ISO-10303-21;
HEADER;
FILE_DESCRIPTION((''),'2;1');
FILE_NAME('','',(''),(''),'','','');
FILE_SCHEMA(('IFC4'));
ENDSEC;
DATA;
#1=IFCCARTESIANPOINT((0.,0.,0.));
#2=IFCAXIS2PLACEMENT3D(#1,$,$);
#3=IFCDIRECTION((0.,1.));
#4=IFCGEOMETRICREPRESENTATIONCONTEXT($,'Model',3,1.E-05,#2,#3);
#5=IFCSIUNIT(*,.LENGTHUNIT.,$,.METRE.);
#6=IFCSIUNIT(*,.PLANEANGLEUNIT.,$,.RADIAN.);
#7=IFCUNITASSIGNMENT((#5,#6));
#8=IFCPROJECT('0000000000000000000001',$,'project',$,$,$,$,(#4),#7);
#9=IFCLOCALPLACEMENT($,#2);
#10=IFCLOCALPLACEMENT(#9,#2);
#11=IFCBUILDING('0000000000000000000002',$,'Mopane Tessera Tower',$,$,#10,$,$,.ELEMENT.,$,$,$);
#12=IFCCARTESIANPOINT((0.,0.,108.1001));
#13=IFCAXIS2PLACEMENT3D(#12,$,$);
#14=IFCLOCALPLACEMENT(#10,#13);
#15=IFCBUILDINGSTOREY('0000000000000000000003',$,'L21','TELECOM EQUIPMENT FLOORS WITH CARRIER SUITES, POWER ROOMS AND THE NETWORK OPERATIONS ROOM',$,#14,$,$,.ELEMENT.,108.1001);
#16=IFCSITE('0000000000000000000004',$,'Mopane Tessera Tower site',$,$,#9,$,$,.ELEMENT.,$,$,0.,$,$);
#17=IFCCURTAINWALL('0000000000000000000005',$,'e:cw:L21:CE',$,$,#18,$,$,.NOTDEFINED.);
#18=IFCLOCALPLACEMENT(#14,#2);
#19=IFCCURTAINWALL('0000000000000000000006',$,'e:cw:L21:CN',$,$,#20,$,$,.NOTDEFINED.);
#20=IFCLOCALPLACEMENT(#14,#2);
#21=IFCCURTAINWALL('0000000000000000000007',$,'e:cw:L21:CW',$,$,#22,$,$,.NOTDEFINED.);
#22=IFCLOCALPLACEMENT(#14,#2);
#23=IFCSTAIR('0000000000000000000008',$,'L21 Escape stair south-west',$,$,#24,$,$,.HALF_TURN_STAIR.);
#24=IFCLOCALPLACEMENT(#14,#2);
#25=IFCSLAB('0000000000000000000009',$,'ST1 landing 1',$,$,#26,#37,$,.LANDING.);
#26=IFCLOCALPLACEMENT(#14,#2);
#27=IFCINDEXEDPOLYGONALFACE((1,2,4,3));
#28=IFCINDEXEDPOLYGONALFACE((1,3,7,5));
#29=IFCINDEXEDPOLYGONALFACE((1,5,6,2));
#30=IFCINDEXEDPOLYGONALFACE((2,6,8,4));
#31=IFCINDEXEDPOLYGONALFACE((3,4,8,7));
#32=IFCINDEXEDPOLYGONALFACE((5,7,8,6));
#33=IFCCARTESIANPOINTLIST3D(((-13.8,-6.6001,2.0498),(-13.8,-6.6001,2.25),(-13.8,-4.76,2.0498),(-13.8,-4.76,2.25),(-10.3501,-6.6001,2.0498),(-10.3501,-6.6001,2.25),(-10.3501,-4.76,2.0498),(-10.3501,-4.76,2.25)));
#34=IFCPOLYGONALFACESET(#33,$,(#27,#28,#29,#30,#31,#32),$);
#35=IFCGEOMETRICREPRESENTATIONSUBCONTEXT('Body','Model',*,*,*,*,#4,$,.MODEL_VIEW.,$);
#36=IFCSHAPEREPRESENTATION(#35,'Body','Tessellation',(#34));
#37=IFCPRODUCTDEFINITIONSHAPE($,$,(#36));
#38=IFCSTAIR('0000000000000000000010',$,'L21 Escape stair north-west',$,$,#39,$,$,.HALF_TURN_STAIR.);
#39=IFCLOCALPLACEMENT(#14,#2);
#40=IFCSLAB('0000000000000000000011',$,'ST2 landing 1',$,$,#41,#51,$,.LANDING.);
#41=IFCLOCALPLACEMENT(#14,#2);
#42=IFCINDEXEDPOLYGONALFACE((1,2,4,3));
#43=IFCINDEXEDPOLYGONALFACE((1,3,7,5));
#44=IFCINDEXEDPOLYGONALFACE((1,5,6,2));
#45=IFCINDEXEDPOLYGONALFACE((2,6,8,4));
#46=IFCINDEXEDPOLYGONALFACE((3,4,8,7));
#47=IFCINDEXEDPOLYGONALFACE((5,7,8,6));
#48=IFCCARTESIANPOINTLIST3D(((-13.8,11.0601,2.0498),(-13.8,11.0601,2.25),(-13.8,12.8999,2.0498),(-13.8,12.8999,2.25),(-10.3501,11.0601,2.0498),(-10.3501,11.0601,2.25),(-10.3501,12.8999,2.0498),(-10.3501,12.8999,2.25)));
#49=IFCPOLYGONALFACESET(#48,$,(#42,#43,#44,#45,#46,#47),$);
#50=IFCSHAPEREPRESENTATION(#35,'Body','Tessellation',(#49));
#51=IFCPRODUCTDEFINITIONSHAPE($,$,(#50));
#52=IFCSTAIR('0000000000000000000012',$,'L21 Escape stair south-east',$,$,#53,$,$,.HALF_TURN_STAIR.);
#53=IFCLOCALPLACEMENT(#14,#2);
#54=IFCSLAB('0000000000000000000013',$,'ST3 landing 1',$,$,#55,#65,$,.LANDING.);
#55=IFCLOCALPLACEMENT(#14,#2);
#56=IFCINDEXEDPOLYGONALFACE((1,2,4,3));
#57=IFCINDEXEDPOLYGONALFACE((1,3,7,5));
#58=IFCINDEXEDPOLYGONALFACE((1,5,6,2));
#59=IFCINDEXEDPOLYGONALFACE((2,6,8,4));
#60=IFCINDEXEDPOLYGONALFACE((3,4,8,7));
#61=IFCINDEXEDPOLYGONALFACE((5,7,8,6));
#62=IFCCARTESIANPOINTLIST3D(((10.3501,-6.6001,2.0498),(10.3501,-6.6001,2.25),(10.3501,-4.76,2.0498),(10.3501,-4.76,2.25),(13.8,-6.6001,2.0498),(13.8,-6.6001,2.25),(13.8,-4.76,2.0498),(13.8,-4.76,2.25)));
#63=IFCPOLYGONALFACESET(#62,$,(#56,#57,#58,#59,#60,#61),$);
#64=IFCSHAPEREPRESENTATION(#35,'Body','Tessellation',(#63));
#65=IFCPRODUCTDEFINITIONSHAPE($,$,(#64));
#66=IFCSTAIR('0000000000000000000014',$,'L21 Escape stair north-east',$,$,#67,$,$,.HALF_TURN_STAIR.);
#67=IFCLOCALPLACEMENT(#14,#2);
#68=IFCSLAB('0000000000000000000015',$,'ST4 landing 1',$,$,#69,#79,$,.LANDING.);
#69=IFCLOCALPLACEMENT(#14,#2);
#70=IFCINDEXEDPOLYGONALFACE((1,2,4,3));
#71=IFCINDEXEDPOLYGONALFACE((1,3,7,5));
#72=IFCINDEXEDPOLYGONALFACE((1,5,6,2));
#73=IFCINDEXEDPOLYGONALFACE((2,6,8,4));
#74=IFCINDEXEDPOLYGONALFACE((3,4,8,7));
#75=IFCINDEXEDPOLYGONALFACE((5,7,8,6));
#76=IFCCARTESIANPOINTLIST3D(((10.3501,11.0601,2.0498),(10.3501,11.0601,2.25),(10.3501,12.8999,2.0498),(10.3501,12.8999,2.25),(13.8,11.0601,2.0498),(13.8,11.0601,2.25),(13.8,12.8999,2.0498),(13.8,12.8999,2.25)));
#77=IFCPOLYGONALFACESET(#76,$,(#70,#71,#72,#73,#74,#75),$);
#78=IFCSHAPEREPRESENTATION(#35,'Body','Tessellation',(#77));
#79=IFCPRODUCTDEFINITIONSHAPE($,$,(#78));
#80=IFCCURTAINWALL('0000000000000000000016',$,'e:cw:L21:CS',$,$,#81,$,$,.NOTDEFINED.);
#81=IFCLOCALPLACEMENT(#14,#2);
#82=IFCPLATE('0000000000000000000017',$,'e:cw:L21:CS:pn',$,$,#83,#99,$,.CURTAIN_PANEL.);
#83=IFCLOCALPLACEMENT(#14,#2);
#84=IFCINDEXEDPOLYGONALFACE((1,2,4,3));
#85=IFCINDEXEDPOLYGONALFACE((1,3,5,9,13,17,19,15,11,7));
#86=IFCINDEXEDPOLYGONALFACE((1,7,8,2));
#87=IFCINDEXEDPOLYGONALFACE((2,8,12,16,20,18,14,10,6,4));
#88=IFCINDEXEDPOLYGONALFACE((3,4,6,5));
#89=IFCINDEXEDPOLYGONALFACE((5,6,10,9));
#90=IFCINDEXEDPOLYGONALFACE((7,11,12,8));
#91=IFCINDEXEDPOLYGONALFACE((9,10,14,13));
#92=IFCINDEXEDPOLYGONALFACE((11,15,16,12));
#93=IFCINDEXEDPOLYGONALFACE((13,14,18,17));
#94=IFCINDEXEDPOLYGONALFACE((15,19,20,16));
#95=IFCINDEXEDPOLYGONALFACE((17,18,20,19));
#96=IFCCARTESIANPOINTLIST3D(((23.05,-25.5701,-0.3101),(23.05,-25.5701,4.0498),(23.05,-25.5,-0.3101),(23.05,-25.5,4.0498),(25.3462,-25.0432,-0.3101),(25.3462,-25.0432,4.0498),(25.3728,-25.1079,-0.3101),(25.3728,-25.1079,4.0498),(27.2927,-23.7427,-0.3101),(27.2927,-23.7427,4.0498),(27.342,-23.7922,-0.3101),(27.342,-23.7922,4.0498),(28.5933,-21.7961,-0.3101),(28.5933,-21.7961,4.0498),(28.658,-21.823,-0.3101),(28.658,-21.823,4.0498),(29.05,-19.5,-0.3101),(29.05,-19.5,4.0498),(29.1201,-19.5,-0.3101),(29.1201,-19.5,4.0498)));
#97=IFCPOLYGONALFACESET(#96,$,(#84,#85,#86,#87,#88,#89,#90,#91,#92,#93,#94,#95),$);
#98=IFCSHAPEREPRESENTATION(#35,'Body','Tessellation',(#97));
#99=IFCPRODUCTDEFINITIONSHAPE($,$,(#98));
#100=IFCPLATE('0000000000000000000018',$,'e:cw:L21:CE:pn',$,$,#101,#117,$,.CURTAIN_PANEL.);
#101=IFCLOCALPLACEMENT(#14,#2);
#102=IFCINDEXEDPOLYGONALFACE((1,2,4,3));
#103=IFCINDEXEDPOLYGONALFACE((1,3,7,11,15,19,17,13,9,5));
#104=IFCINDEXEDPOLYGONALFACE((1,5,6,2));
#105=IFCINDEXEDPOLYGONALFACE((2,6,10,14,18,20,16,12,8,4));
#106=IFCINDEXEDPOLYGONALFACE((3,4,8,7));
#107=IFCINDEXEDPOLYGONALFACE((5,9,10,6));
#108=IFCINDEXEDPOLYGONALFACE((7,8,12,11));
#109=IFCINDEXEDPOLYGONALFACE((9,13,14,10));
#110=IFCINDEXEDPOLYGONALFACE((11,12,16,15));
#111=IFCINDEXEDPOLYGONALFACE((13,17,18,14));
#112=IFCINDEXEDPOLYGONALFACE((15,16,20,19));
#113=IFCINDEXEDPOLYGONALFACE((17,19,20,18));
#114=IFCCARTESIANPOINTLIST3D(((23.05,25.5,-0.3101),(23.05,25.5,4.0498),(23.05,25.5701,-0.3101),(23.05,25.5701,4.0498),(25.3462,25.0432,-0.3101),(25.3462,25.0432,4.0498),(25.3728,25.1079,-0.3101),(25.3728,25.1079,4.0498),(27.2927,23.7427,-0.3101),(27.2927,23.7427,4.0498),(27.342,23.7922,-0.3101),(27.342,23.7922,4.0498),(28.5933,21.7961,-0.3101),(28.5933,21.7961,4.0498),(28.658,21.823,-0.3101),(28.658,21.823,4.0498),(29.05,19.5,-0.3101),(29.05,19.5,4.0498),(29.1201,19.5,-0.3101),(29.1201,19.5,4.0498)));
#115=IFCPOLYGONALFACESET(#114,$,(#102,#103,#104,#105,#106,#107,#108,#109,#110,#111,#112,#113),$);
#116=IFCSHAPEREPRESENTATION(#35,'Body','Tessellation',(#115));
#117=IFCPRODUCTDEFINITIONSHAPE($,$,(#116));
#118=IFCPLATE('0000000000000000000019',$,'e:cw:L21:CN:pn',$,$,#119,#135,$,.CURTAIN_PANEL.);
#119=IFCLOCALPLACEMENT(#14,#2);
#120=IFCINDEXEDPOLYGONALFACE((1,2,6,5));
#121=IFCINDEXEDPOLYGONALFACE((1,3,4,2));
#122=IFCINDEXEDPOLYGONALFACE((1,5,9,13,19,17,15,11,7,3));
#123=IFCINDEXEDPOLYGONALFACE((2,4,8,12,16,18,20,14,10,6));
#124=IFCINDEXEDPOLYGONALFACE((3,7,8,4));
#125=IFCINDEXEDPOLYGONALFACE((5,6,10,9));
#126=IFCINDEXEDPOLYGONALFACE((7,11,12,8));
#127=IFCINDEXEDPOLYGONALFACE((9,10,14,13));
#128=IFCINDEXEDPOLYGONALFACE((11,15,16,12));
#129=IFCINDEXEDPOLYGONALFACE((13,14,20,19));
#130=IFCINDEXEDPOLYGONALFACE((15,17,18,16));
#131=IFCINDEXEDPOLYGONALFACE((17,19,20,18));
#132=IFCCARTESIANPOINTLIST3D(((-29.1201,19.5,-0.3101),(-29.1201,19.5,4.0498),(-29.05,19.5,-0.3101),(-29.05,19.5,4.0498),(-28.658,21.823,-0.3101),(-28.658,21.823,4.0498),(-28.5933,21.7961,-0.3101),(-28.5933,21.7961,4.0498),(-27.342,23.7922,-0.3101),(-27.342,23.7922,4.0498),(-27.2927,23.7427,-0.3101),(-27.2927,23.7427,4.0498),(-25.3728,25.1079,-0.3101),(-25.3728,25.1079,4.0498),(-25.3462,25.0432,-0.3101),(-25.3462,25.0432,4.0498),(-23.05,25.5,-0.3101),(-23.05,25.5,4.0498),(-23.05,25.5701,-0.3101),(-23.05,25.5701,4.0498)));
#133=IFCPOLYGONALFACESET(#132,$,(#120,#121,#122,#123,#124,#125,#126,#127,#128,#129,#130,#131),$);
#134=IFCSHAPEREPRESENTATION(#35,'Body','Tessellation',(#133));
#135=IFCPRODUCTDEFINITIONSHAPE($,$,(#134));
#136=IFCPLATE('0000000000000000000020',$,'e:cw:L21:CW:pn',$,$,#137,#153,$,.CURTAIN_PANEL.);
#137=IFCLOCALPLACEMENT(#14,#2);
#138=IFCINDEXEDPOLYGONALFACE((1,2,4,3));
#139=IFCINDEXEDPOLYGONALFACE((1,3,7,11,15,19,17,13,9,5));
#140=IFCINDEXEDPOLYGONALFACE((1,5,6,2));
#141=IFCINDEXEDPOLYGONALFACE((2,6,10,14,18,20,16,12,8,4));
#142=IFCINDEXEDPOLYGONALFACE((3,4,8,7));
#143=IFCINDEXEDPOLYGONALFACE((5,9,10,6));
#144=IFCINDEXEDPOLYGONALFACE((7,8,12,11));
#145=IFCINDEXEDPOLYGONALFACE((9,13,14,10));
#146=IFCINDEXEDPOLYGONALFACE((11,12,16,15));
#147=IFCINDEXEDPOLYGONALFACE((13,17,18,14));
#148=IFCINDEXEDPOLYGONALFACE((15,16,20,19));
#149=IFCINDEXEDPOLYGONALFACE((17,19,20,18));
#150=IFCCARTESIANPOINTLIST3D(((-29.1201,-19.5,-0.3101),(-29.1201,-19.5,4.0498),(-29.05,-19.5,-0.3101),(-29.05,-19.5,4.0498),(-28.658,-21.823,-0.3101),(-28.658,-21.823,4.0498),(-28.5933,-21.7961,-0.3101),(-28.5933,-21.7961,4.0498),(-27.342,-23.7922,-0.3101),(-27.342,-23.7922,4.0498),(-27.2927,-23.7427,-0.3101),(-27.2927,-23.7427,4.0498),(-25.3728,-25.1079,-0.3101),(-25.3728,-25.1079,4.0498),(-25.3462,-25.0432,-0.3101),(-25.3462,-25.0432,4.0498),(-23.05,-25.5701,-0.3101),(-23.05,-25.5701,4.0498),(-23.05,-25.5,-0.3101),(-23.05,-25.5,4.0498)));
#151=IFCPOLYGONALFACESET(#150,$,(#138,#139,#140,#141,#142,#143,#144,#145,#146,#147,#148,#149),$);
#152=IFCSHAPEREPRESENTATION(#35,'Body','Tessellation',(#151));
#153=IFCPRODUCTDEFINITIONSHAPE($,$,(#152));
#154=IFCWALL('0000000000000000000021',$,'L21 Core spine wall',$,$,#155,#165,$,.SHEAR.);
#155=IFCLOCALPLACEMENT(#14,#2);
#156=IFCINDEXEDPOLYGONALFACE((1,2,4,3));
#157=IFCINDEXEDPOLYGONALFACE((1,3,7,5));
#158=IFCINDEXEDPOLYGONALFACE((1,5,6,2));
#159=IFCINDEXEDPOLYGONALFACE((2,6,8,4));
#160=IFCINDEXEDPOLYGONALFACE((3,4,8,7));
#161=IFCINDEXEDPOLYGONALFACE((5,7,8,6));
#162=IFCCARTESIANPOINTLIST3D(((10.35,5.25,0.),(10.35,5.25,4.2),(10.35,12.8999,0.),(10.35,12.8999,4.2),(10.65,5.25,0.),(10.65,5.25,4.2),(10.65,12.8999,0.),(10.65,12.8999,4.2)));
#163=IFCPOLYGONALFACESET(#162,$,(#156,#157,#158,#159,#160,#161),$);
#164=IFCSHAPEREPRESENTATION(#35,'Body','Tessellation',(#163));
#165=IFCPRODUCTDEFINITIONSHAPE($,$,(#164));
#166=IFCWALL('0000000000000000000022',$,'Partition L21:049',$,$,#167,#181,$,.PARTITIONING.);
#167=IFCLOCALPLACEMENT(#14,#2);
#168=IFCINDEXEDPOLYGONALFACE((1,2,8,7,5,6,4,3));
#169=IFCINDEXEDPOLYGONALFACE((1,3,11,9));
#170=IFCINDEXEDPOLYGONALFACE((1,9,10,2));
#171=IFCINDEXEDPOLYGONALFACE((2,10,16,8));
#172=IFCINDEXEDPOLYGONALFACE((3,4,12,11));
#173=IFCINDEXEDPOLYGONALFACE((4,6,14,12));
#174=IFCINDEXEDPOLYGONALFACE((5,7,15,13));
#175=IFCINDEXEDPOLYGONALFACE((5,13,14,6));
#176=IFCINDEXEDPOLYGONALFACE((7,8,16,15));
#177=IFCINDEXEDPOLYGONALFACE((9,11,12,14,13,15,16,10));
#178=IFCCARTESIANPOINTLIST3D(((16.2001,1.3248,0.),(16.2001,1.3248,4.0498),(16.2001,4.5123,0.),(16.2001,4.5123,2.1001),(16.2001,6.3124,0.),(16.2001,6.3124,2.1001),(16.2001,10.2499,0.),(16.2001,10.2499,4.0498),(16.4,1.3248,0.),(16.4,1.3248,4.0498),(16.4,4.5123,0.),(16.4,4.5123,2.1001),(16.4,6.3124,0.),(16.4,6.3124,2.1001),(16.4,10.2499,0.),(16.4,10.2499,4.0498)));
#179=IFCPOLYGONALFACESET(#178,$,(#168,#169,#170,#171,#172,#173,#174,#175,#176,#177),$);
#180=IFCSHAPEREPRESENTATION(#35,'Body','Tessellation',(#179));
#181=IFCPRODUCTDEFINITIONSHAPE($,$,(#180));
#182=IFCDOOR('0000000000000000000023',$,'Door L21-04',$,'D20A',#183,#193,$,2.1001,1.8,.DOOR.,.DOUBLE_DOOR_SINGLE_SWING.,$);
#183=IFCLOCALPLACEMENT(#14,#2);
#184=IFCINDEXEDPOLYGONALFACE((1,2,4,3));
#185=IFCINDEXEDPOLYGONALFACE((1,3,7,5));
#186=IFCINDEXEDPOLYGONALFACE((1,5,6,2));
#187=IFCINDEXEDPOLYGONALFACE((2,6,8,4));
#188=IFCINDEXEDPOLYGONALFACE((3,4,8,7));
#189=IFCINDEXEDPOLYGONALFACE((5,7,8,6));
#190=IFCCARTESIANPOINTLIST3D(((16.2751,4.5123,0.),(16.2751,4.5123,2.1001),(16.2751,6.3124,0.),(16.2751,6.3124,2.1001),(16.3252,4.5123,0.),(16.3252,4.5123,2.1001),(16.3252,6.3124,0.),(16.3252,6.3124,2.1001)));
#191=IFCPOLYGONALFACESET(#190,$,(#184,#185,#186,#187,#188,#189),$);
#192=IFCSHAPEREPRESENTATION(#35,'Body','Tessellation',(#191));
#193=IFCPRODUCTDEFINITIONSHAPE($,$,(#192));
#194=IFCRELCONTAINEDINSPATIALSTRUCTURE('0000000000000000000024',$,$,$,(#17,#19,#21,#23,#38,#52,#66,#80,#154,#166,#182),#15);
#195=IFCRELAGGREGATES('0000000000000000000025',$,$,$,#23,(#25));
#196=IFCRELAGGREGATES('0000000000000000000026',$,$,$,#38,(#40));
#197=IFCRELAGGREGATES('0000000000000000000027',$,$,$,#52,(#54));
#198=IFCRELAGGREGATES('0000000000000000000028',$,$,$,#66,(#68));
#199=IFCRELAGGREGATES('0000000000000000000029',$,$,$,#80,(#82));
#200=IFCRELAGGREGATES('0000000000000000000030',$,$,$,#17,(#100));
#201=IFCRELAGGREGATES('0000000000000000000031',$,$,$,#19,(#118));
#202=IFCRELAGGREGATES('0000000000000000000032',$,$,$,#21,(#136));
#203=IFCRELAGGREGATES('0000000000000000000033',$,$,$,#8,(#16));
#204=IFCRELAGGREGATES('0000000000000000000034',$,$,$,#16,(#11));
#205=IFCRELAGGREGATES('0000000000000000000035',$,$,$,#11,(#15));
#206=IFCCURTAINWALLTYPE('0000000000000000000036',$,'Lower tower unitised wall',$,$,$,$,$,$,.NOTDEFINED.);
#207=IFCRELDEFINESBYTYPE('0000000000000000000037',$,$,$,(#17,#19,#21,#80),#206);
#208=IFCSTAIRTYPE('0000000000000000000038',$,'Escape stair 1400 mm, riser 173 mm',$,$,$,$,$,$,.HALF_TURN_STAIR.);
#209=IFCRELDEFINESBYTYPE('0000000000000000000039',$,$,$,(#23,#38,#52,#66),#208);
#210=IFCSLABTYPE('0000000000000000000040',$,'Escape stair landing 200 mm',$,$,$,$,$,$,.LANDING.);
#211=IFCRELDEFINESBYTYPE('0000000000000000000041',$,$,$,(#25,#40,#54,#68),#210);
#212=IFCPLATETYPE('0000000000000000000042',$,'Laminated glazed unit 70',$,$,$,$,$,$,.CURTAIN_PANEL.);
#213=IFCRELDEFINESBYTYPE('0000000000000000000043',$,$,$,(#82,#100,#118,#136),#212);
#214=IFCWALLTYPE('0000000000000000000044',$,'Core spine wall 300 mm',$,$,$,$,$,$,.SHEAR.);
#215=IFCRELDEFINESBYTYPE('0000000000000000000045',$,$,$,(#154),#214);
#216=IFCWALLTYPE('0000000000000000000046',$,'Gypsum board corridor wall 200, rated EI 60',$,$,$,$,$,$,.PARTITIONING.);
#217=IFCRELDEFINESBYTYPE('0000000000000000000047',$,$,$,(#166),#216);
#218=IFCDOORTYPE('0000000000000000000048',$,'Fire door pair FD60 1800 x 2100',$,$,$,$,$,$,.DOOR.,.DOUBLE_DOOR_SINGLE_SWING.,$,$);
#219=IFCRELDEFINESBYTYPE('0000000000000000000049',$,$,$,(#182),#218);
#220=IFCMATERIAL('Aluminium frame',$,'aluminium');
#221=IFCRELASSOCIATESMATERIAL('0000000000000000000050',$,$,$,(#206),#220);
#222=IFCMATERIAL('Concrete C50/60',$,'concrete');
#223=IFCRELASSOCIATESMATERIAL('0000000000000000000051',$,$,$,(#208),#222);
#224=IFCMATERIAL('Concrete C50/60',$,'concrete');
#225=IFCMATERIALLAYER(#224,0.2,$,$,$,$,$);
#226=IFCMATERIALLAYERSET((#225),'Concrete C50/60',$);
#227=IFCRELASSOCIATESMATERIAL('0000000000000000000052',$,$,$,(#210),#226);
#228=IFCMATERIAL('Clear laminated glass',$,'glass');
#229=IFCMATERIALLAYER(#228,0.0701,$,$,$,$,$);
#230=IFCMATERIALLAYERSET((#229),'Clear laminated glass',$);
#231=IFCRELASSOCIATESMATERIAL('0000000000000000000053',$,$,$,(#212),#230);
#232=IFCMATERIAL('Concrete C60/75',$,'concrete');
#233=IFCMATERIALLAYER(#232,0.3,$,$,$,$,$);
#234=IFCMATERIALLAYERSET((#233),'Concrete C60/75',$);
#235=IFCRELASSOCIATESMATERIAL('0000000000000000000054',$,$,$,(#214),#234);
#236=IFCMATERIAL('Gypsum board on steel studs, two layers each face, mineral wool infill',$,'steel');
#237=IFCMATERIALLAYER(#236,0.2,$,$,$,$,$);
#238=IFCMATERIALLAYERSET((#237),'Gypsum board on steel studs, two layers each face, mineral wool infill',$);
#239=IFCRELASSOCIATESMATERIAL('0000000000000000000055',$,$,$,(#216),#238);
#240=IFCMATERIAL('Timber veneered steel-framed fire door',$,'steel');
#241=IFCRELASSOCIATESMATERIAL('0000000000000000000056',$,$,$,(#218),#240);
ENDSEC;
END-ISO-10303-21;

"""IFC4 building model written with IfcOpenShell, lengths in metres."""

from ifc_helpers import new_model, si_unit, direction, frame, frame_2d, origin, place, context, subcontext, project, spatial, polyline, rectangle, outline, extrude, material, layer, layer_set, type_object, element, fill, aggregate, save


model = new_model("IFC4")

# Units and contexts
model_context = context("Model", 3, precision=1e-05, world=origin(), true_north=direction((0.0, 1.0)))
body_context = subcontext(model_context, "Body", "Model", "MODEL_VIEW")
ifc_project = project(units=[si_unit("LENGTHUNIT", "METRE"), si_unit("PLANEANGLEUNIT", "RADIAN")], contexts=[model_context])

# Site, building, storey
site_placement = place(None, origin())
site = spatial("IfcSite", under=ifc_project, at=site_placement, Name="Mopane Tessera Tower site", CompositionType="ELEMENT", RefElevation=0.0)
building_placement = place(site_placement, origin())
building = spatial("IfcBuilding", under=site, at=building_placement, Name="Mopane Tessera Tower", CompositionType="ELEMENT")
storey_placement = place(building_placement, frame((0.0, 0.0, 108.1001)))
storey = spatial("IfcBuildingStorey", under=building, at=storey_placement, Name="L21", Description="TELECOM EQUIPMENT FLOORS WITH CARRIER SUITES, POWER ROOMS AND THE NETWORK OPERATIONS ROOM", CompositionType="ELEMENT", Elevation=108.1001)

# Curtain walls
ifc_material_1 = material(Name="Aluminium frame", Category="aluminium")
curtain_wall_type = type_object("IfcCurtainWallType", Name="Lower tower unitised wall", PredefinedType="NOTDEFINED", material=ifc_material_1)
curtain_wall_1_placement = place(storey_placement, origin())
curtain_wall_1 = element("IfcCurtainWall", 1, at=curtain_wall_1_placement, inside=storey, type_object=curtain_wall_type, Name="e:cw:L21:CE", PredefinedType="NOTDEFINED")
curtain_wall_2_placement = place(storey_placement, origin())
curtain_wall_2 = element("IfcCurtainWall", 2, at=curtain_wall_2_placement, inside=storey, type_object=curtain_wall_type, Name="e:cw:L21:CN", PredefinedType="NOTDEFINED")
curtain_wall_3_placement = place(storey_placement, origin())
curtain_wall_3 = element("IfcCurtainWall", 3, at=curtain_wall_3_placement, inside=storey, type_object=curtain_wall_type, Name="e:cw:L21:CW", PredefinedType="NOTDEFINED")

# Stairs, slabs
ifc_material_2 = material(Name="Concrete C50/60", Category="concrete")
stair_type = type_object("IfcStairType", Name="Escape stair 1400 mm, riser 173 mm", PredefinedType="HALF_TURN_STAIR", material=ifc_material_2)
stair_1_placement = place(storey_placement, origin())
stair_1 = element("IfcStair", 4, at=stair_1_placement, inside=storey, type_object=stair_type, Name="L21 Escape stair south-west", PredefinedType="HALF_TURN_STAIR")
ifc_material_3 = material(Name="Concrete C50/60", Category="concrete")
ifc_layer_1 = layer(ifc_material_3, 0.2)
ifc_layer_set_1 = layer_set([ifc_layer_1], Name="Concrete C50/60")
slab_type_1 = type_object("IfcSlabType", Name="Escape stair landing 200 mm", PredefinedType="LANDING", material=ifc_layer_set_1)
slab_1_placement = place(storey_placement, frame((0.0, 0.0, 2.0498)))
slab_1 = element("IfcSlab", 5, at=slab_1_placement, type_object=slab_type_1, Name="ST1 landing 1", PredefinedType="LANDING", context=body_context, shape_type="SweptSolid", body=[
    extrude(outline(polyline([(-13.8, -4.76), (-13.8, -6.6001), (-10.3501, -6.6001), (-10.3501, -4.76), (-13.8, -4.76)])), origin(), (0.0, 0.0, 1.0), 0.2002),
])
aggregate(stair_1, [slab_1])
stair_2_placement = place(storey_placement, origin())
stair_2 = element("IfcStair", 6, at=stair_2_placement, inside=storey, type_object=stair_type, Name="L21 Escape stair north-west", PredefinedType="HALF_TURN_STAIR")
slab_2_placement = place(storey_placement, frame((0.0, 0.0, 2.0498)))
slab_2 = element("IfcSlab", 7, at=slab_2_placement, type_object=slab_type_1, Name="ST2 landing 1", PredefinedType="LANDING", context=body_context, shape_type="SweptSolid", body=[
    extrude(outline(polyline([(-10.3501, 11.0601), (-10.3501, 12.8999), (-13.8, 12.8999), (-13.8, 11.0601), (-10.3501, 11.0601)])), origin(), (0.0, 0.0, 1.0), 0.2002),
])
aggregate(stair_2, [slab_2])
stair_3_placement = place(storey_placement, origin())
stair_3 = element("IfcStair", 8, at=stair_3_placement, inside=storey, type_object=stair_type, Name="L21 Escape stair south-east", PredefinedType="HALF_TURN_STAIR")
slab_3_placement = place(storey_placement, frame((0.0, 0.0, 2.0498)))
slab_3 = element("IfcSlab", 9, at=slab_3_placement, type_object=slab_type_1, Name="ST3 landing 1", PredefinedType="LANDING", context=body_context, shape_type="SweptSolid", body=[
    extrude(outline(polyline([(10.3501, -4.76), (10.3501, -6.6001), (13.8, -6.6001), (13.8, -4.76), (10.3501, -4.76)])), origin(), (0.0, 0.0, 1.0), 0.2002),
])
aggregate(stair_3, [slab_3])
stair_4_placement = place(storey_placement, origin())
stair_4 = element("IfcStair", 10, at=stair_4_placement, inside=storey, type_object=stair_type, Name="L21 Escape stair north-east", PredefinedType="HALF_TURN_STAIR")
slab_4_placement = place(storey_placement, frame((0.0, 0.0, 2.0498)))
slab_4 = element("IfcSlab", 11, at=slab_4_placement, type_object=slab_type_1, Name="ST4 landing 1", PredefinedType="LANDING", context=body_context, shape_type="SweptSolid", body=[
    extrude(outline(polyline([(13.8, 11.0601), (13.8, 12.8999), (10.3501, 12.8999), (10.3501, 11.0601), (13.8, 11.0601)])), origin(), (0.0, 0.0, 1.0), 0.2002),
])
aggregate(stair_4, [slab_4])

# Curtain wall, plate
curtain_wall_4_placement = place(storey_placement, origin())
curtain_wall_4 = element("IfcCurtainWall", 12, at=curtain_wall_4_placement, inside=storey, type_object=curtain_wall_type, Name="e:cw:L21:CS", PredefinedType="NOTDEFINED")
ifc_material_4 = material(Name="Clear laminated glass", Category="glass")
ifc_layer_2 = layer(ifc_material_4, 0.0701)
ifc_layer_set_2 = layer_set([ifc_layer_2], Name="Clear laminated glass")
plate_type = type_object("IfcPlateType", Name="Laminated glazed unit 70", PredefinedType="CURTAIN_PANEL", material=ifc_layer_set_2)
plate_1_placement = place(storey_placement, frame((0.0, 0.0, -0.3101)))
plate_1 = element("IfcPlate", 13, at=plate_1_placement, type_object=plate_type, Name="e:cw:L21:CS:pn", PredefinedType="CURTAIN_PANEL", context=body_context, shape_type="SweptSolid", body=[
    extrude(outline(polyline([(23.05, -25.5), (25.3462, -25.0432), (27.2927, -23.7427), (28.5933, -21.7961), (29.05, -19.5), (29.1201, -19.5), (28.658, -21.823), (27.342, -23.7922), (25.3728, -25.1079), (23.05, -25.5701), (23.05, -25.5)])), origin(), (0.0, 0.0, 1.0), 4.3599),
])
aggregate(curtain_wall_4, [plate_1])

# Plates
plate_2_placement = place(storey_placement, frame((0.0, 0.0, -0.3101)))
plate_2 = element("IfcPlate", 14, at=plate_2_placement, type_object=plate_type, Name="e:cw:L21:CE:pn", PredefinedType="CURTAIN_PANEL", context=body_context, shape_type="SweptSolid", body=[
    extrude(outline(polyline([(29.05, 19.5), (28.5933, 21.7961), (27.2927, 23.7427), (25.3462, 25.0432), (23.05, 25.5), (23.05, 25.5701), (25.3728, 25.1079), (27.342, 23.7922), (28.658, 21.823), (29.1201, 19.5), (29.05, 19.5)])), origin(), (0.0, 0.0, 1.0), 4.3599),
])
aggregate(curtain_wall_1, [plate_2])
plate_3_placement = place(storey_placement, frame((0.0, 0.0, -0.3101)))
plate_3 = element("IfcPlate", 15, at=plate_3_placement, type_object=plate_type, Name="e:cw:L21:CN:pn", PredefinedType="CURTAIN_PANEL", context=body_context, shape_type="SweptSolid", body=[
    extrude(outline(polyline([(-23.05, 25.5), (-25.3462, 25.0432), (-27.2927, 23.7427), (-28.5933, 21.7961), (-29.05, 19.5), (-29.1201, 19.5), (-28.658, 21.823), (-27.342, 23.7922), (-25.3728, 25.1079), (-23.05, 25.5701), (-23.05, 25.5)])), origin(), (0.0, 0.0, 1.0), 4.3599),
])
aggregate(curtain_wall_2, [plate_3])
plate_4_placement = place(storey_placement, frame((0.0, 0.0, -0.3101)))
plate_4 = element("IfcPlate", 16, at=plate_4_placement, type_object=plate_type, Name="e:cw:L21:CW:pn", PredefinedType="CURTAIN_PANEL", context=body_context, shape_type="SweptSolid", body=[
    extrude(outline(polyline([(-29.05, -19.5), (-28.5933, -21.7961), (-27.2927, -23.7427), (-25.3462, -25.0432), (-23.05, -25.5), (-23.05, -25.5701), (-25.3728, -25.1079), (-27.342, -23.7922), (-28.658, -21.823), (-29.1201, -19.5), (-29.05, -19.5)])), origin(), (0.0, 0.0, 1.0), 4.3599),
])
aggregate(curtain_wall_3, [plate_4])

# Wall
ifc_material_5 = material(Name="Concrete C60/75", Category="concrete")
ifc_layer_3 = layer(ifc_material_5, 0.3)
ifc_layer_set_3 = layer_set([ifc_layer_3], Name="Concrete C60/75")
wall_type_1 = type_object("IfcWallType", Name="Core spine wall 300 mm", PredefinedType="SHEAR", material=ifc_layer_set_3)
wall_1_placement = place(storey_placement, frame((10.5, 5.25, 0.0), z_axis=(0.0, 0.0, 1.0), x_axis=(0.0, 1.0, 0.0)))
element("IfcWall", 17, at=wall_1_placement, inside=storey, type_object=wall_type_1, Name="L21 Core spine wall", PredefinedType="SHEAR", context=body_context, shape_type="SweptSolid", body=[
    extrude(rectangle(XDim=7.6499, YDim=0.3, at=frame_2d((3.825, 0.0))), origin(), (0.0, 0.0, 1.0), 4.2),
])

# Wall, opening, door
ifc_material_6 = material(Name="Gypsum board on steel studs, two layers each face, mineral wool infill", Category="steel")
ifc_layer_4 = layer(ifc_material_6, 0.2)
ifc_layer_set_4 = layer_set([ifc_layer_4], Name="Gypsum board on steel studs, two layers each face, mineral wool infill")
wall_type_2 = type_object("IfcWallType", Name="Gypsum board corridor wall 200, rated EI 60", PredefinedType="PARTITIONING", material=ifc_layer_set_4)
wall_2_placement = place(storey_placement, frame((16.3, 1.325, 0.0), z_axis=(0.0, 0.0, 1.0), x_axis=(0.0, 1.0, 0.0)))
wall_2 = element("IfcWall", 18, at=wall_2_placement, inside=storey, type_object=wall_type_2, Name="Partition L21:049", PredefinedType="PARTITIONING", context=body_context, shape_type="SweptSolid", body=[
    extrude(rectangle(XDim=8.925, YDim=0.2, at=frame_2d((4.4624, 0.0))), origin(), (0.0, 0.0, 1.0), 4.0498),
])
opening_1_placement = place(wall_2_placement, frame((3.1875, 0.0, 0.0)))
opening_1 = element("IfcOpeningElement", 19, at=opening_1_placement, cuts=wall_2, PredefinedType="OPENING", context=body_context, shape_type="SweptSolid", body=[
    extrude(rectangle(XDim=1.8, YDim=2.1001, at=frame_2d((0.8999, 1.05))), frame((0.0, 0.1121, 0.0), z_axis=(0.0, -1.0, 0.0), x_axis=(1.0, 0.0, 0.0)), (0.0, 0.0, 1.0), 0.2239),
])
ifc_material_7 = material(Name="Timber veneered steel-framed fire door", Category="steel")
door_type_1 = type_object("IfcDoorType", Name="Fire door pair FD60 1800 x 2100", OperationType="DOUBLE_DOOR_SINGLE_SWING", PredefinedType="DOOR", material=ifc_material_7)
door_1_placement = place(opening_1_placement, origin())
door_1 = element("IfcDoor", 20, at=door_1_placement, inside=storey, type_object=door_type_1, Name="Door L21-04", ObjectType="D20A", OperationType="DOUBLE_DOOR_SINGLE_SWING", OverallHeight=2.1001, OverallWidth=1.8, PredefinedType="DOOR", context=body_context, shape_type="SweptSolid", body=[
    extrude(rectangle(XDim=1.8, YDim=2.1001, at=frame_2d((0.8999, 1.05))), frame((0.0, 0.0249, 0.0), z_axis=(0.0, -1.0, 0.0), x_axis=(1.0, 0.0, 0.0)), (0.0, 0.0, 1.0), 0.05),
])
fill(opening_1, door_1)

save(model, "model.ifc")
